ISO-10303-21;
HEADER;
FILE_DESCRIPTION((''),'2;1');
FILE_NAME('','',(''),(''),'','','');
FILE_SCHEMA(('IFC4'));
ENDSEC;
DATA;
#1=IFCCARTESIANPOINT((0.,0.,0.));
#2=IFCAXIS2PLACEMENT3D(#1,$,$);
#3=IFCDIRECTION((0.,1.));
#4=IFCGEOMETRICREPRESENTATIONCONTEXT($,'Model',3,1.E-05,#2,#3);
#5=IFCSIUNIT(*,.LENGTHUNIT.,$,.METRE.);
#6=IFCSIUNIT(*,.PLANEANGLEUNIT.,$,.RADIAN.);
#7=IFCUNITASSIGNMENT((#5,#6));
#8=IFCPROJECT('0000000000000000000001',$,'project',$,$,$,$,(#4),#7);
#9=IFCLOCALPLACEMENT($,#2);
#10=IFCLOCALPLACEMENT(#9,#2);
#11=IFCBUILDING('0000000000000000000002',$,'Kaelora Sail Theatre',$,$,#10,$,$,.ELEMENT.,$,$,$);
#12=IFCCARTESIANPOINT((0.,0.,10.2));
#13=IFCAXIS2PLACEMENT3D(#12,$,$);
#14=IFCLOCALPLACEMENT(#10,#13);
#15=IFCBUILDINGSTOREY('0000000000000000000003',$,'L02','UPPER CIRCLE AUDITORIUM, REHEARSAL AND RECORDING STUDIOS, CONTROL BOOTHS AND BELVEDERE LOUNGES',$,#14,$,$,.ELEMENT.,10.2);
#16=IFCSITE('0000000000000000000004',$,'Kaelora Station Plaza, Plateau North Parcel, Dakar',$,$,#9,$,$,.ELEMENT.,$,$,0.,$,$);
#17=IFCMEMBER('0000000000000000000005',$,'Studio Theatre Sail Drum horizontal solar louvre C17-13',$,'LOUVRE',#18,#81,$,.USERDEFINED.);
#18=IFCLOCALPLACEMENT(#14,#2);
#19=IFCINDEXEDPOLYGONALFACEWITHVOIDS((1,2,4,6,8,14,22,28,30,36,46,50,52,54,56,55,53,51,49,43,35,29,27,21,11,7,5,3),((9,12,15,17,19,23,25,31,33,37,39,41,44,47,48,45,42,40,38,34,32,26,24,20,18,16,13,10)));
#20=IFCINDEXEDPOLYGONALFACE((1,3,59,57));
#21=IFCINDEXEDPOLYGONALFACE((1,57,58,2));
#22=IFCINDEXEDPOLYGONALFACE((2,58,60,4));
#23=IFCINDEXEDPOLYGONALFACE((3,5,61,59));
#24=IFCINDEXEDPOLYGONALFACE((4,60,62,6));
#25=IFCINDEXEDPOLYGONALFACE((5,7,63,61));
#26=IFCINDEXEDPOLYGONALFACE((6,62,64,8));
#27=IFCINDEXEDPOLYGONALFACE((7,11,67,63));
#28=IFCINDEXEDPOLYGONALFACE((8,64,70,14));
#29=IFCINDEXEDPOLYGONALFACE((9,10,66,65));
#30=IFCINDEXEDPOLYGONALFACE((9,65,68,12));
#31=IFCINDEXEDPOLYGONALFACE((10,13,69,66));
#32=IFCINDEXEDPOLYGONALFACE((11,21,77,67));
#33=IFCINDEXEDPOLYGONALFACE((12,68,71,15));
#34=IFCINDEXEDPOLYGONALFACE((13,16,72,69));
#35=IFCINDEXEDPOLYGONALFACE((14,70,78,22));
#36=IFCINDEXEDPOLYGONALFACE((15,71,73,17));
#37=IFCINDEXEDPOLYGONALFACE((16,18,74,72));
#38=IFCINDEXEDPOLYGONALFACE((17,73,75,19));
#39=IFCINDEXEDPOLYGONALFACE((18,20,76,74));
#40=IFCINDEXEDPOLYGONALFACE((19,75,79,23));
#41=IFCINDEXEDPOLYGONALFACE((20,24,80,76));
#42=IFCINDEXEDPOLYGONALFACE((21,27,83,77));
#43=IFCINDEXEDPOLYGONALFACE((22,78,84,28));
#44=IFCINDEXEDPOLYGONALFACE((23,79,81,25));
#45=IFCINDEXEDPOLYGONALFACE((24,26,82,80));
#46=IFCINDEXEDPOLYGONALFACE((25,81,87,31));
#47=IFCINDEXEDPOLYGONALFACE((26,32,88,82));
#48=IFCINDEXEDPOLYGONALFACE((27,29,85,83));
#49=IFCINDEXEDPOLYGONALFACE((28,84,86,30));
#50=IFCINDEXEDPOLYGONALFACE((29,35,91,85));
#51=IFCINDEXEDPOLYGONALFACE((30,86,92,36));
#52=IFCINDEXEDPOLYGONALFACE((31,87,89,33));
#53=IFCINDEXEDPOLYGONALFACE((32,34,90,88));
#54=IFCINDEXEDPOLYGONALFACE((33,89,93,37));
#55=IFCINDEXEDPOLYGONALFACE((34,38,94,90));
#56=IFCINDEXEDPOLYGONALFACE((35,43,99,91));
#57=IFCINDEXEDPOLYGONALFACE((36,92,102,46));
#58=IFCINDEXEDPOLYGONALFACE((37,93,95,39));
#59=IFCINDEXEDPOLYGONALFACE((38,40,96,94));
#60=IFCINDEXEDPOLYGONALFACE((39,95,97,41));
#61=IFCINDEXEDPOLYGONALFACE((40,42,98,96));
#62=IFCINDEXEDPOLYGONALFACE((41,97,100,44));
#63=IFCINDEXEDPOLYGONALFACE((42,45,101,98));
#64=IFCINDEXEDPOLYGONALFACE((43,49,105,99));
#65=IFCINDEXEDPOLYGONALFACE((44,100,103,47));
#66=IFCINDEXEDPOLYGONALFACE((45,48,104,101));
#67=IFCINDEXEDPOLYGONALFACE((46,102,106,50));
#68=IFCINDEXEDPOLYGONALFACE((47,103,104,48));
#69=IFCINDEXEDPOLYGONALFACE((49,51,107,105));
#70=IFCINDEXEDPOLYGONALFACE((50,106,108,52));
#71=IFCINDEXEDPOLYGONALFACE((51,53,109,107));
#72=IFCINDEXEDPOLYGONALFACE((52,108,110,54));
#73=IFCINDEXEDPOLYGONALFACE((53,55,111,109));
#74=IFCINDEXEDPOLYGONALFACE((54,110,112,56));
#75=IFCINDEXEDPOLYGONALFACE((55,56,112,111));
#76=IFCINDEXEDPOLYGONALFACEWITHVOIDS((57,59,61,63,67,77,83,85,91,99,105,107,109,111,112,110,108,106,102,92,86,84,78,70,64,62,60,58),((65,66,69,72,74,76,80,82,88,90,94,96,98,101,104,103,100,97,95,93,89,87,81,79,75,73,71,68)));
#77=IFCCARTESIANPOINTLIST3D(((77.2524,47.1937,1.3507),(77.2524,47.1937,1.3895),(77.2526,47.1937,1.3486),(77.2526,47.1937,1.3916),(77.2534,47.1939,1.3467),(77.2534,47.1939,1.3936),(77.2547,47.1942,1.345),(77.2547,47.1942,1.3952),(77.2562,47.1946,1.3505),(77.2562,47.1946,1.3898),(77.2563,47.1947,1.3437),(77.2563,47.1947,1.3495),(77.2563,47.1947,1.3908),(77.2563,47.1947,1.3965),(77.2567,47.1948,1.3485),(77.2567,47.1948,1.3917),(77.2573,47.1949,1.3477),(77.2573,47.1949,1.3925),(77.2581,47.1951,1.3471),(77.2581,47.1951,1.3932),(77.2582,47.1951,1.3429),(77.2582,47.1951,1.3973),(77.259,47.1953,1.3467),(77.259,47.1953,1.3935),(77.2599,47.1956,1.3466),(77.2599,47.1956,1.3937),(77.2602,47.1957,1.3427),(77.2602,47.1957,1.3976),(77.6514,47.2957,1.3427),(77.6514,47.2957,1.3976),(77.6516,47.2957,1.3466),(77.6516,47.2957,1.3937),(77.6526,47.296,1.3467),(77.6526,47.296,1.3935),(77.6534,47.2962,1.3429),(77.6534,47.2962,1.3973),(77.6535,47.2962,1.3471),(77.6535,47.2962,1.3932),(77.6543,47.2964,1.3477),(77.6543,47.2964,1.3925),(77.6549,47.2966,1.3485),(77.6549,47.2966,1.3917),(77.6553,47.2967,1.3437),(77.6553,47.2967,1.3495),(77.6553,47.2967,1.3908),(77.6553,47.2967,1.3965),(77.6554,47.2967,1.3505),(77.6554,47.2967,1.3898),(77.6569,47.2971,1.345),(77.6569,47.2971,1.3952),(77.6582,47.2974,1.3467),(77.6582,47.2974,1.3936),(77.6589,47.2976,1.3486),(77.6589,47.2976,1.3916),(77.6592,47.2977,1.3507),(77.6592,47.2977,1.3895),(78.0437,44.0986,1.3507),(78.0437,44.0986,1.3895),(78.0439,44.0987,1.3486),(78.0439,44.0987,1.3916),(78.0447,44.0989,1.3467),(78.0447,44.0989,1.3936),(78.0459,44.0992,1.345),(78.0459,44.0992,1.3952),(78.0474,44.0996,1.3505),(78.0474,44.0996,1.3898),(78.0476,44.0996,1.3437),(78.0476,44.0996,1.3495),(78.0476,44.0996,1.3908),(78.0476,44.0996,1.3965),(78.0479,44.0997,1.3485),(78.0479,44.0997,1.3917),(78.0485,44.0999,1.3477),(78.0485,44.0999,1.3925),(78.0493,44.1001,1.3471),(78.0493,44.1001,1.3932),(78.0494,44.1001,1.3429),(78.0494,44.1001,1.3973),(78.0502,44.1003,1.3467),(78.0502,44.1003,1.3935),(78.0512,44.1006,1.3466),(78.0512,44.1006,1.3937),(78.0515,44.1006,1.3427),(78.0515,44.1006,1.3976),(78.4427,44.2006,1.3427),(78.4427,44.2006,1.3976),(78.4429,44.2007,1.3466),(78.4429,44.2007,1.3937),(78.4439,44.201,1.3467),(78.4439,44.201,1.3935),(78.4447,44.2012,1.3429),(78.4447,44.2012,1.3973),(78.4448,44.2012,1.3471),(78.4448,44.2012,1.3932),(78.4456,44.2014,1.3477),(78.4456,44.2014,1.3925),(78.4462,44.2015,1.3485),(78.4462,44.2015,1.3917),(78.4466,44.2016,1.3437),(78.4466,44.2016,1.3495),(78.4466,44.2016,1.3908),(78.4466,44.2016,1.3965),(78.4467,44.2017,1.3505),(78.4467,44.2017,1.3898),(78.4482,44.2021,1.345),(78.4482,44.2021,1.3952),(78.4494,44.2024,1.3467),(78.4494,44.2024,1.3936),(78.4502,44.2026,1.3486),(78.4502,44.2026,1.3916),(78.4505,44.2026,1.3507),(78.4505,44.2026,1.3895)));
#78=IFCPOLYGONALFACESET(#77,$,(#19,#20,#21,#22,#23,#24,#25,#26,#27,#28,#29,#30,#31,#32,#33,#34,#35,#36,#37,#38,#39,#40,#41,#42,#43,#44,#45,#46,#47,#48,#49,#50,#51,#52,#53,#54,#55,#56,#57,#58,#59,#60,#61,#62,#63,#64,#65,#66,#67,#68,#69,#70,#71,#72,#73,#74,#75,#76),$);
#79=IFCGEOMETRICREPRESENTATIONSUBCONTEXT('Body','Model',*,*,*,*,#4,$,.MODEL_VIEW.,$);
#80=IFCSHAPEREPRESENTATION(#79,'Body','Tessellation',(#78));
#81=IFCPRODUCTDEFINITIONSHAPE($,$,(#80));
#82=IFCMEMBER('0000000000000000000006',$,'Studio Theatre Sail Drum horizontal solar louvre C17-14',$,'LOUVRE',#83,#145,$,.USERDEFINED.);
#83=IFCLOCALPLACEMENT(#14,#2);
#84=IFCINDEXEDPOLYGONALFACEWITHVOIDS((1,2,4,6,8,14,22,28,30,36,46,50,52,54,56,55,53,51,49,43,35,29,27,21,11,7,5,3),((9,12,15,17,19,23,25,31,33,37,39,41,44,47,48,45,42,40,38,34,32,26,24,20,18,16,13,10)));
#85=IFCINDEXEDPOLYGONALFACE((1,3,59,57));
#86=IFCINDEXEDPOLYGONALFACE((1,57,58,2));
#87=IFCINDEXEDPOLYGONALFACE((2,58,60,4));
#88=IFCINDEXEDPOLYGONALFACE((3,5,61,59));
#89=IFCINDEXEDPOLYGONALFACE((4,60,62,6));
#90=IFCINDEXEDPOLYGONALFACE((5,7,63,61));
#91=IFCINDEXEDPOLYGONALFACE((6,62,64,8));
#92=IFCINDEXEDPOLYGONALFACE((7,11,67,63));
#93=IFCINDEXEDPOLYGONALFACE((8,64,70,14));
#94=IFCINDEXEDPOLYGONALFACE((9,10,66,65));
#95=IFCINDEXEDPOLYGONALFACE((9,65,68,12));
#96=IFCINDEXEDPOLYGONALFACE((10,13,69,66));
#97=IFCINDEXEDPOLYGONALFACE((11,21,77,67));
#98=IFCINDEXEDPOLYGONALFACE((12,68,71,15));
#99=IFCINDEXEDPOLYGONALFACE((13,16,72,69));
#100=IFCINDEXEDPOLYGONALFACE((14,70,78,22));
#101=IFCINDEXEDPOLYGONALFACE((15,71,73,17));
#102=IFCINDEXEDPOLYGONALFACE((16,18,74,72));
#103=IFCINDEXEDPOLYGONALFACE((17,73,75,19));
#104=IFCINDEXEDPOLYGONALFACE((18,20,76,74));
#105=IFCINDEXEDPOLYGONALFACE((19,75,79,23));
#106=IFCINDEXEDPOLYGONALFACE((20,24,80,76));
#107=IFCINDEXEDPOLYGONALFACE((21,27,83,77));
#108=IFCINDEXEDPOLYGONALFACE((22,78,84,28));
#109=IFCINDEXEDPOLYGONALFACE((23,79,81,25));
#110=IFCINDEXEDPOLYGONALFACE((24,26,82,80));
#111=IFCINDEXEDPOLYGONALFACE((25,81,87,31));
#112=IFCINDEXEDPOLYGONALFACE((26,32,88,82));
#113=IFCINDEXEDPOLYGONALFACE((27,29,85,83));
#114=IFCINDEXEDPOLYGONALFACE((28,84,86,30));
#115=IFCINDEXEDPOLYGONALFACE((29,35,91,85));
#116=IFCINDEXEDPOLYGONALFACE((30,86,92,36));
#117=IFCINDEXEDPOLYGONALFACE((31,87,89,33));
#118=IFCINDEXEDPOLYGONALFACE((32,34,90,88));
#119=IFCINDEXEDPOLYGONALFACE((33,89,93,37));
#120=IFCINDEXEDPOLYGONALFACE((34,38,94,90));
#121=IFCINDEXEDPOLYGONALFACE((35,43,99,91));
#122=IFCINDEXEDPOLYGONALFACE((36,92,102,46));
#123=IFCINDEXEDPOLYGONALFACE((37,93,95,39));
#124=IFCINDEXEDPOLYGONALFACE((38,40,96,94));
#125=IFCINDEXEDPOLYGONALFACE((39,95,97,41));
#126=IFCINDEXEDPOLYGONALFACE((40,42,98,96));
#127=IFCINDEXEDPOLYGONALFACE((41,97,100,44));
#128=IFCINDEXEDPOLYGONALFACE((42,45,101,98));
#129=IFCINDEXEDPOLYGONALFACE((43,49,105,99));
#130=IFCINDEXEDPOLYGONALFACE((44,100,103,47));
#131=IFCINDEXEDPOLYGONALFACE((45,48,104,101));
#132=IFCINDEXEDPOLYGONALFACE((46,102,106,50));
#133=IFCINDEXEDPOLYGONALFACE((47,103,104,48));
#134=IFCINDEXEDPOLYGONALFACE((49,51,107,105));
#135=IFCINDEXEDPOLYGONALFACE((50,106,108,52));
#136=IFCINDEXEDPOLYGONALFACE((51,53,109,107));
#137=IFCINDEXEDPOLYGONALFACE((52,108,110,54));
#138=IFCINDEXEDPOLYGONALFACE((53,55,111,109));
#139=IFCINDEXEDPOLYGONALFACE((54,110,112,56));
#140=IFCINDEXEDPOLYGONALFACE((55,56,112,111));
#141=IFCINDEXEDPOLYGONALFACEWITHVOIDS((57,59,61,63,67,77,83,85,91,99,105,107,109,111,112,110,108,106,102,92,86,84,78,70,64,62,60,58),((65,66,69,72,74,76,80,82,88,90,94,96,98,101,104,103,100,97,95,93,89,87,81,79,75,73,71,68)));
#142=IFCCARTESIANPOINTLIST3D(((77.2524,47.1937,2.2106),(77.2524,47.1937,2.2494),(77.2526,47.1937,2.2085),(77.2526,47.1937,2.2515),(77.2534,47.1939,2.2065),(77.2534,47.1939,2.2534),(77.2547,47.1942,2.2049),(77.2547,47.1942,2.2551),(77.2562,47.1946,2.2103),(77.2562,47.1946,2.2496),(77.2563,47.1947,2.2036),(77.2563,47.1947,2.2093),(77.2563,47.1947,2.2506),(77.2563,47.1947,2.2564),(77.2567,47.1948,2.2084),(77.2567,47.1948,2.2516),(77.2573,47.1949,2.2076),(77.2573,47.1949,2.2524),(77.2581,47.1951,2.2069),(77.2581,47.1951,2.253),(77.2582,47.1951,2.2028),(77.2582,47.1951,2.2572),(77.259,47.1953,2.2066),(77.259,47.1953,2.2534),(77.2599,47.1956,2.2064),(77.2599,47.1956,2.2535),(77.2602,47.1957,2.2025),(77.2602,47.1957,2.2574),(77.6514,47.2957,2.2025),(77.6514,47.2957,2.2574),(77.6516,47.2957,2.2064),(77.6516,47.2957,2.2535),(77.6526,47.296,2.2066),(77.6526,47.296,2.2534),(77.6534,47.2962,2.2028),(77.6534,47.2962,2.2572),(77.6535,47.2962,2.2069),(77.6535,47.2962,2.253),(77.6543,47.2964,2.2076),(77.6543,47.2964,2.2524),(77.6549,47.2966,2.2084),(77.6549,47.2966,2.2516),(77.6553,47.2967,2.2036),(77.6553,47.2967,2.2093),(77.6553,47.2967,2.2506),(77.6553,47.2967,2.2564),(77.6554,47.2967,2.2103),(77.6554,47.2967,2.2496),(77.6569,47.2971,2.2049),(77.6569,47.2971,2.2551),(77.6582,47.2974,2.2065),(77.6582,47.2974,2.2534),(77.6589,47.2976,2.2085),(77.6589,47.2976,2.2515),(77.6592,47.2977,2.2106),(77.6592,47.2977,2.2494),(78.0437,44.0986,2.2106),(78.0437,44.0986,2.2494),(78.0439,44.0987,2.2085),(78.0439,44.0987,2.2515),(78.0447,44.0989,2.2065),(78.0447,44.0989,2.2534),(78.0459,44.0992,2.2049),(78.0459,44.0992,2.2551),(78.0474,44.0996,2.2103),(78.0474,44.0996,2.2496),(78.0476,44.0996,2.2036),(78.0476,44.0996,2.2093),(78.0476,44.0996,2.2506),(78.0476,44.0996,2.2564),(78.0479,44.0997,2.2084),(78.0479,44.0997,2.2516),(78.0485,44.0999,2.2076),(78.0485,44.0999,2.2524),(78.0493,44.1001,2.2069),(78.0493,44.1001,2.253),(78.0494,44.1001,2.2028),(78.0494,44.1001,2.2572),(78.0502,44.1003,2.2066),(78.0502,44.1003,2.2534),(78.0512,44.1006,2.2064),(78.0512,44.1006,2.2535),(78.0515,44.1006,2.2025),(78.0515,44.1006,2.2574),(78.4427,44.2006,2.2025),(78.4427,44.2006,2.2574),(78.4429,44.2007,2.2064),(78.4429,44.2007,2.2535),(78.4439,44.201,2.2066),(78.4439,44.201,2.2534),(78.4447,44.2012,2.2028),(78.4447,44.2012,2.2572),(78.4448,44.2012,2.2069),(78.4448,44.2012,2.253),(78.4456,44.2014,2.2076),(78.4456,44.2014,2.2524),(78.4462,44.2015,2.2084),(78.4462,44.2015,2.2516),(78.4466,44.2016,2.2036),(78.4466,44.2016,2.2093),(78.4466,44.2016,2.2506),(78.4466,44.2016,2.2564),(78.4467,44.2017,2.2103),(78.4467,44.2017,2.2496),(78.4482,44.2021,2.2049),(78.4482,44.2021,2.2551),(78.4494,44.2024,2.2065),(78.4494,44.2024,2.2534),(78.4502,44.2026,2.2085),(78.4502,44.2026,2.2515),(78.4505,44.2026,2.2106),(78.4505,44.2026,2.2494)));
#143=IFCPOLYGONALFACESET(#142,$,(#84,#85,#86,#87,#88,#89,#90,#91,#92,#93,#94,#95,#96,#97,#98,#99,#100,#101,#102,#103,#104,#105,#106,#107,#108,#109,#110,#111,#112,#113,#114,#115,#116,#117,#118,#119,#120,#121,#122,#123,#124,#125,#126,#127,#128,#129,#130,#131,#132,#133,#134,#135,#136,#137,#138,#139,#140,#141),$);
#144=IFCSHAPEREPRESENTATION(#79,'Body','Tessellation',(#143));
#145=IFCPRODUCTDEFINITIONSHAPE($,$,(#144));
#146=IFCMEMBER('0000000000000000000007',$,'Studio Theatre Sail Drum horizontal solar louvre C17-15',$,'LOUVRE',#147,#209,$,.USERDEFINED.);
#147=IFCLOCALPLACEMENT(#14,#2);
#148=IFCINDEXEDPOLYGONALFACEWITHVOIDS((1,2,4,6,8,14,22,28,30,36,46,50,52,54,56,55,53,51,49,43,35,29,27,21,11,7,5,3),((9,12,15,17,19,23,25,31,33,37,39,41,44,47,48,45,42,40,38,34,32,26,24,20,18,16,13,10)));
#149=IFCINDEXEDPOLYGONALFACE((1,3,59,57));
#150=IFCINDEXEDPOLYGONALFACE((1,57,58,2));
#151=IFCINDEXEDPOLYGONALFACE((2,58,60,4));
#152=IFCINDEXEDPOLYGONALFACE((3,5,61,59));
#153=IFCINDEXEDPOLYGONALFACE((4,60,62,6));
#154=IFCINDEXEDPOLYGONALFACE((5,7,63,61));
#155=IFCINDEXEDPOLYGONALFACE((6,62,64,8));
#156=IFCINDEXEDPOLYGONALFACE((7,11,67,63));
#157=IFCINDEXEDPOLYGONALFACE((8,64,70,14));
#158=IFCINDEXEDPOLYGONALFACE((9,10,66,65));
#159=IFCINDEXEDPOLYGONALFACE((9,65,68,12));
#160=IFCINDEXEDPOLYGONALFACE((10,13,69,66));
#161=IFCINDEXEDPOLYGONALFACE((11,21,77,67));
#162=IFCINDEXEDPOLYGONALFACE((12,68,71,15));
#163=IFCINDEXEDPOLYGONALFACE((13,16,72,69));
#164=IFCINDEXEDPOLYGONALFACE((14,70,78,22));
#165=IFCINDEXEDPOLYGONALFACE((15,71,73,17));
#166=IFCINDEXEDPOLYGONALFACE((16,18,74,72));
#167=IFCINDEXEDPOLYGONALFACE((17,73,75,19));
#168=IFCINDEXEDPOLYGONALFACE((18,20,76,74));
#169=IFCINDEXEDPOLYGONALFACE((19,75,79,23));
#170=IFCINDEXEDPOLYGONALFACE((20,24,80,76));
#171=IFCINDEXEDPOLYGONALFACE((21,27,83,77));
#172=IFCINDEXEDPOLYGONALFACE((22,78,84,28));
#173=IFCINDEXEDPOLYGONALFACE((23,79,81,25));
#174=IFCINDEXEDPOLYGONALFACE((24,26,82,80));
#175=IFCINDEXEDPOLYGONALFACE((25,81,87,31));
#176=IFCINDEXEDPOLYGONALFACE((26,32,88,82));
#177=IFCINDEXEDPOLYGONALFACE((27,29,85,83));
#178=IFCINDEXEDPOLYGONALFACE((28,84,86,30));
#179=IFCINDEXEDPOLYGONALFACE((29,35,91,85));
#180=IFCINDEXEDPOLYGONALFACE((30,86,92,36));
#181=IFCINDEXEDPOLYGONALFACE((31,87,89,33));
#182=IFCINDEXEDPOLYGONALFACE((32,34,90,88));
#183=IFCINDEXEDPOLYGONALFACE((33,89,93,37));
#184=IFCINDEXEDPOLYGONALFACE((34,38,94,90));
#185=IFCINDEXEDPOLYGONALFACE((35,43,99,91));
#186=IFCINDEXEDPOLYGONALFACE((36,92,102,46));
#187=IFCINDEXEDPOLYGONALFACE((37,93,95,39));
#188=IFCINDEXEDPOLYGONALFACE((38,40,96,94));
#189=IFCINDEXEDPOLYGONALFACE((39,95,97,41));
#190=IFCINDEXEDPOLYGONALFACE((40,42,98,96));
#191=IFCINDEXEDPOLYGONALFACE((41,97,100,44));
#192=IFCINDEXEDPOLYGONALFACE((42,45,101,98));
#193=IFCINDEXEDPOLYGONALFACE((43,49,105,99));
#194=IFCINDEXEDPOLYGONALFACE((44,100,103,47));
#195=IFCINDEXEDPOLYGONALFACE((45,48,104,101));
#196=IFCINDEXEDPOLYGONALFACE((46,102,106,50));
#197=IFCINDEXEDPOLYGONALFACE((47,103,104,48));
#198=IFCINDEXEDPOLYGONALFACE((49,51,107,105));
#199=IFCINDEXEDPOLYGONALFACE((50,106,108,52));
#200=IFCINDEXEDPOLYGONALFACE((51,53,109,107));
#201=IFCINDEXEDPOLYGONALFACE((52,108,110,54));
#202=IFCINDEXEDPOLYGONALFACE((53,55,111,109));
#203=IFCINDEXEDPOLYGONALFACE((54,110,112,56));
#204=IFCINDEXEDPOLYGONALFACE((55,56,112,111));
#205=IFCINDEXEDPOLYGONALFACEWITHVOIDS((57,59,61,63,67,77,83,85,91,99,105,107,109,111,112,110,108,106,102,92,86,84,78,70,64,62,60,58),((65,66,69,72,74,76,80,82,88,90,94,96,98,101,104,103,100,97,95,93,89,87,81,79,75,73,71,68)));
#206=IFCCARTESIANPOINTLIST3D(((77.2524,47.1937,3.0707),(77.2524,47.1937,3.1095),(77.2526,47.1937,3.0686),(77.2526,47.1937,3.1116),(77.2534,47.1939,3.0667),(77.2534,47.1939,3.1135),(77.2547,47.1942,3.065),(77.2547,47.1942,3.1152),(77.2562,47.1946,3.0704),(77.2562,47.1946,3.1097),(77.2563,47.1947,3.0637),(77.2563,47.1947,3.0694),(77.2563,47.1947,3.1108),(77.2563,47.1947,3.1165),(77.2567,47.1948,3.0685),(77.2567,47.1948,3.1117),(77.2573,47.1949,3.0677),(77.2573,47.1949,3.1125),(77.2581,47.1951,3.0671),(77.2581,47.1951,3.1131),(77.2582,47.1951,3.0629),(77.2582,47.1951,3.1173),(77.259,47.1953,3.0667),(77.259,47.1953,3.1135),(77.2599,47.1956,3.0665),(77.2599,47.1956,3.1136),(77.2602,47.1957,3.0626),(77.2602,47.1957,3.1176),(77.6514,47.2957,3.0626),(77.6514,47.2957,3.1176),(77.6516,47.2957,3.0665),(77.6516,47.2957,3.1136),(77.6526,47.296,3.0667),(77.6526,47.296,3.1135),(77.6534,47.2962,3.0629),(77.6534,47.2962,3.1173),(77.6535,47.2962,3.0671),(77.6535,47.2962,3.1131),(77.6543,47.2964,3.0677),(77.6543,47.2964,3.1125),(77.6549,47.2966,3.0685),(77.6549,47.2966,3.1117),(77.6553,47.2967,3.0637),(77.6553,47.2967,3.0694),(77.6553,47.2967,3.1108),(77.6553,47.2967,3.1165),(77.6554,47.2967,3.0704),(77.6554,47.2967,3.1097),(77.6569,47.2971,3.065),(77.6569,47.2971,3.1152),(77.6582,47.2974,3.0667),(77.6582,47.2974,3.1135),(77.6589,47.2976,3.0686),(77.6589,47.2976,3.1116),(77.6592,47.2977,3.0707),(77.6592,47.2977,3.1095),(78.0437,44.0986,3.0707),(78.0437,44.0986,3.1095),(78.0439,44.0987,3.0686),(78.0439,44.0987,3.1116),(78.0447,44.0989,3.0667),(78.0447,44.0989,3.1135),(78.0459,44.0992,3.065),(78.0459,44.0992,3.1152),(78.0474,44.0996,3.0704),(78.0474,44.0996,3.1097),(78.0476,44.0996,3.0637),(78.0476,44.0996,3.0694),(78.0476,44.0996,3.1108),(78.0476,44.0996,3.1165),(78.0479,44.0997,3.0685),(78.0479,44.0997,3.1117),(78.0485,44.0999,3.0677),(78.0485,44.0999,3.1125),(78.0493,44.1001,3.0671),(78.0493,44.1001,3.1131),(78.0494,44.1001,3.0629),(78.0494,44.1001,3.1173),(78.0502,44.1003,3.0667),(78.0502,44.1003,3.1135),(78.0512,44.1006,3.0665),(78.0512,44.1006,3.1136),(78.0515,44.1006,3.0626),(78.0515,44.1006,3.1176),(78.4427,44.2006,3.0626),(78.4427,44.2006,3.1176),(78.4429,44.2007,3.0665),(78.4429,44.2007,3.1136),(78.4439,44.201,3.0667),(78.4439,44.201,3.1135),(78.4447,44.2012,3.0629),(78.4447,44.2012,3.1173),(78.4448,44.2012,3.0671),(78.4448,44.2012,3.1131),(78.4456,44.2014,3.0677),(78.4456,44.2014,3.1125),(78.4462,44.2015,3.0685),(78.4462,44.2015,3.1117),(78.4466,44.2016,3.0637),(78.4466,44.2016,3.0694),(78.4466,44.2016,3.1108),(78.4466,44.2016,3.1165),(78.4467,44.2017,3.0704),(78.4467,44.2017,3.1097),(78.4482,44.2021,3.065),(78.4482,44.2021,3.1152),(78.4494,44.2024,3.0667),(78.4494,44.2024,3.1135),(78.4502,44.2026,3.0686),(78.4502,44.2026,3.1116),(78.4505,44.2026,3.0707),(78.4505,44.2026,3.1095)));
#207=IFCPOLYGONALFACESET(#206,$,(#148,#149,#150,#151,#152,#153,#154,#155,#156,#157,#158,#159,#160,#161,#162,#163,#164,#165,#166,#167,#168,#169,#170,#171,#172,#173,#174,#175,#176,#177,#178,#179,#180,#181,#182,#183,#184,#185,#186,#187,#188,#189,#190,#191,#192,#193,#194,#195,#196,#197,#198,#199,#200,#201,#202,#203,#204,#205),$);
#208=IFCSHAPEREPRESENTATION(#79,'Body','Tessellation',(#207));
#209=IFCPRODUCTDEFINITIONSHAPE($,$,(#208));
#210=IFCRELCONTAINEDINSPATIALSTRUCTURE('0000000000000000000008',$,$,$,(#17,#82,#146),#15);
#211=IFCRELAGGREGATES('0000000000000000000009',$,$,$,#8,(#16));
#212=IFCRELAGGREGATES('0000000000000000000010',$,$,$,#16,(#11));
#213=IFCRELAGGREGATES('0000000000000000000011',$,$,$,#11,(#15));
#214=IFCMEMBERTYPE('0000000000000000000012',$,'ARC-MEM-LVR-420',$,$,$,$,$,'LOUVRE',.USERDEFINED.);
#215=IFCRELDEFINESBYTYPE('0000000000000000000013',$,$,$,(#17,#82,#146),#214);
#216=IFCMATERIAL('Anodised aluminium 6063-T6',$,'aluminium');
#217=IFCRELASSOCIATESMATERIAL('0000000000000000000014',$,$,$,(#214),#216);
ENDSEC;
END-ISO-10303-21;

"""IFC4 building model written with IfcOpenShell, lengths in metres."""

from ifc_helpers import new_model, si_unit, direction, frame, origin, origin_2d, place, context, subcontext, project, spatial, hollow_rectangle, extrude, material, material_profile, profile_set, type_object, element, save


model = new_model("IFC4")

# Units and contexts
model_context = context("Model", 3, precision=1e-05, world=origin(), true_north=direction((0.0, 1.0)))
body_context = subcontext(model_context, "Body", "Model", "MODEL_VIEW")
ifc_project = project(units=[si_unit("LENGTHUNIT", "METRE"), si_unit("PLANEANGLEUNIT", "RADIAN")], contexts=[model_context])

# Site, building, storey
site_placement = place(None, origin())
site = spatial("IfcSite", under=ifc_project, at=site_placement, Name="Kaelora Station Plaza, Plateau North Parcel, Dakar", CompositionType="ELEMENT", RefElevation=0.0)
building_placement = place(site_placement, origin())
building = spatial("IfcBuilding", under=site, at=building_placement, Name="Kaelora Sail Theatre", CompositionType="ELEMENT")
storey_placement = place(building_placement, frame((0.0, 0.0, 10.2)))
storey = spatial("IfcBuildingStorey", under=building, at=storey_placement, Name="L02", Description="UPPER CIRCLE AUDITORIUM, REHEARSAL AND RECORDING STUDIOS, CONTROL BOOTHS AND BELVEDERE LOUNGES", CompositionType="ELEMENT", Elevation=10.2)

# Members
ifc_material_1 = material(Name="Anodised aluminium 6063-T6", Category="aluminium")
ifc_material_profile_1 = material_profile(ifc_material_1, hollow_rectangle(XDim=0.4199, YDim=0.0549, WallThickness=0.0039, InnerFilletRadius=0.0039, OuterFilletRadius=0.0081, at=origin_2d()), Name="LOUVRE 420x55x4")
ifc_profile_set_1 = profile_set([ifc_material_profile_1], Name="Anodised aluminium 6063-T6")
member_type = type_object("IfcMemberType", Name="ARC-MEM-LVR-420", ElementType="LOUVRE", PredefinedType="USERDEFINED", material=ifc_profile_set_1)
for number, where, z_axis, x_axis, name in (
    (1, (78.2471, 44.1506, 1.3701), (-0.247693, 0.968839, 0.0), (-0.968839, -0.247693, 0.0), "Studio Theatre Sail Drum horizontal solar louvre C17-13"),
    (2, (78.2471, 44.1506, 2.23), (-0.247693, 0.968839, 0.0), (-0.968839, -0.247693, 0.0), "Studio Theatre Sail Drum horizontal solar louvre C17-14"),
    (3, (78.2471, 44.1506, 3.0901), (-0.247693, 0.968839, 0.0), (-0.968839, -0.247693, 0.0), "Studio Theatre Sail Drum horizontal solar louvre C17-15"),
):
    element("IfcMember", number, at=place(storey_placement, frame(where, z_axis=z_axis, x_axis=x_axis)), inside=storey, type_object=member_type, Name=name, ObjectType="LOUVRE", PredefinedType="USERDEFINED", context=body_context, shape_type="SweptSolid", body=[
        extrude(hollow_rectangle(XDim=0.4199, YDim=0.0549, WallThickness=0.0039, InnerFilletRadius=0.0039, OuterFilletRadius=0.0081, at=origin_2d()), origin(), (0.0, 0.0, 1.0), 3.1946),
    ])

save(model, "model.ifc")
